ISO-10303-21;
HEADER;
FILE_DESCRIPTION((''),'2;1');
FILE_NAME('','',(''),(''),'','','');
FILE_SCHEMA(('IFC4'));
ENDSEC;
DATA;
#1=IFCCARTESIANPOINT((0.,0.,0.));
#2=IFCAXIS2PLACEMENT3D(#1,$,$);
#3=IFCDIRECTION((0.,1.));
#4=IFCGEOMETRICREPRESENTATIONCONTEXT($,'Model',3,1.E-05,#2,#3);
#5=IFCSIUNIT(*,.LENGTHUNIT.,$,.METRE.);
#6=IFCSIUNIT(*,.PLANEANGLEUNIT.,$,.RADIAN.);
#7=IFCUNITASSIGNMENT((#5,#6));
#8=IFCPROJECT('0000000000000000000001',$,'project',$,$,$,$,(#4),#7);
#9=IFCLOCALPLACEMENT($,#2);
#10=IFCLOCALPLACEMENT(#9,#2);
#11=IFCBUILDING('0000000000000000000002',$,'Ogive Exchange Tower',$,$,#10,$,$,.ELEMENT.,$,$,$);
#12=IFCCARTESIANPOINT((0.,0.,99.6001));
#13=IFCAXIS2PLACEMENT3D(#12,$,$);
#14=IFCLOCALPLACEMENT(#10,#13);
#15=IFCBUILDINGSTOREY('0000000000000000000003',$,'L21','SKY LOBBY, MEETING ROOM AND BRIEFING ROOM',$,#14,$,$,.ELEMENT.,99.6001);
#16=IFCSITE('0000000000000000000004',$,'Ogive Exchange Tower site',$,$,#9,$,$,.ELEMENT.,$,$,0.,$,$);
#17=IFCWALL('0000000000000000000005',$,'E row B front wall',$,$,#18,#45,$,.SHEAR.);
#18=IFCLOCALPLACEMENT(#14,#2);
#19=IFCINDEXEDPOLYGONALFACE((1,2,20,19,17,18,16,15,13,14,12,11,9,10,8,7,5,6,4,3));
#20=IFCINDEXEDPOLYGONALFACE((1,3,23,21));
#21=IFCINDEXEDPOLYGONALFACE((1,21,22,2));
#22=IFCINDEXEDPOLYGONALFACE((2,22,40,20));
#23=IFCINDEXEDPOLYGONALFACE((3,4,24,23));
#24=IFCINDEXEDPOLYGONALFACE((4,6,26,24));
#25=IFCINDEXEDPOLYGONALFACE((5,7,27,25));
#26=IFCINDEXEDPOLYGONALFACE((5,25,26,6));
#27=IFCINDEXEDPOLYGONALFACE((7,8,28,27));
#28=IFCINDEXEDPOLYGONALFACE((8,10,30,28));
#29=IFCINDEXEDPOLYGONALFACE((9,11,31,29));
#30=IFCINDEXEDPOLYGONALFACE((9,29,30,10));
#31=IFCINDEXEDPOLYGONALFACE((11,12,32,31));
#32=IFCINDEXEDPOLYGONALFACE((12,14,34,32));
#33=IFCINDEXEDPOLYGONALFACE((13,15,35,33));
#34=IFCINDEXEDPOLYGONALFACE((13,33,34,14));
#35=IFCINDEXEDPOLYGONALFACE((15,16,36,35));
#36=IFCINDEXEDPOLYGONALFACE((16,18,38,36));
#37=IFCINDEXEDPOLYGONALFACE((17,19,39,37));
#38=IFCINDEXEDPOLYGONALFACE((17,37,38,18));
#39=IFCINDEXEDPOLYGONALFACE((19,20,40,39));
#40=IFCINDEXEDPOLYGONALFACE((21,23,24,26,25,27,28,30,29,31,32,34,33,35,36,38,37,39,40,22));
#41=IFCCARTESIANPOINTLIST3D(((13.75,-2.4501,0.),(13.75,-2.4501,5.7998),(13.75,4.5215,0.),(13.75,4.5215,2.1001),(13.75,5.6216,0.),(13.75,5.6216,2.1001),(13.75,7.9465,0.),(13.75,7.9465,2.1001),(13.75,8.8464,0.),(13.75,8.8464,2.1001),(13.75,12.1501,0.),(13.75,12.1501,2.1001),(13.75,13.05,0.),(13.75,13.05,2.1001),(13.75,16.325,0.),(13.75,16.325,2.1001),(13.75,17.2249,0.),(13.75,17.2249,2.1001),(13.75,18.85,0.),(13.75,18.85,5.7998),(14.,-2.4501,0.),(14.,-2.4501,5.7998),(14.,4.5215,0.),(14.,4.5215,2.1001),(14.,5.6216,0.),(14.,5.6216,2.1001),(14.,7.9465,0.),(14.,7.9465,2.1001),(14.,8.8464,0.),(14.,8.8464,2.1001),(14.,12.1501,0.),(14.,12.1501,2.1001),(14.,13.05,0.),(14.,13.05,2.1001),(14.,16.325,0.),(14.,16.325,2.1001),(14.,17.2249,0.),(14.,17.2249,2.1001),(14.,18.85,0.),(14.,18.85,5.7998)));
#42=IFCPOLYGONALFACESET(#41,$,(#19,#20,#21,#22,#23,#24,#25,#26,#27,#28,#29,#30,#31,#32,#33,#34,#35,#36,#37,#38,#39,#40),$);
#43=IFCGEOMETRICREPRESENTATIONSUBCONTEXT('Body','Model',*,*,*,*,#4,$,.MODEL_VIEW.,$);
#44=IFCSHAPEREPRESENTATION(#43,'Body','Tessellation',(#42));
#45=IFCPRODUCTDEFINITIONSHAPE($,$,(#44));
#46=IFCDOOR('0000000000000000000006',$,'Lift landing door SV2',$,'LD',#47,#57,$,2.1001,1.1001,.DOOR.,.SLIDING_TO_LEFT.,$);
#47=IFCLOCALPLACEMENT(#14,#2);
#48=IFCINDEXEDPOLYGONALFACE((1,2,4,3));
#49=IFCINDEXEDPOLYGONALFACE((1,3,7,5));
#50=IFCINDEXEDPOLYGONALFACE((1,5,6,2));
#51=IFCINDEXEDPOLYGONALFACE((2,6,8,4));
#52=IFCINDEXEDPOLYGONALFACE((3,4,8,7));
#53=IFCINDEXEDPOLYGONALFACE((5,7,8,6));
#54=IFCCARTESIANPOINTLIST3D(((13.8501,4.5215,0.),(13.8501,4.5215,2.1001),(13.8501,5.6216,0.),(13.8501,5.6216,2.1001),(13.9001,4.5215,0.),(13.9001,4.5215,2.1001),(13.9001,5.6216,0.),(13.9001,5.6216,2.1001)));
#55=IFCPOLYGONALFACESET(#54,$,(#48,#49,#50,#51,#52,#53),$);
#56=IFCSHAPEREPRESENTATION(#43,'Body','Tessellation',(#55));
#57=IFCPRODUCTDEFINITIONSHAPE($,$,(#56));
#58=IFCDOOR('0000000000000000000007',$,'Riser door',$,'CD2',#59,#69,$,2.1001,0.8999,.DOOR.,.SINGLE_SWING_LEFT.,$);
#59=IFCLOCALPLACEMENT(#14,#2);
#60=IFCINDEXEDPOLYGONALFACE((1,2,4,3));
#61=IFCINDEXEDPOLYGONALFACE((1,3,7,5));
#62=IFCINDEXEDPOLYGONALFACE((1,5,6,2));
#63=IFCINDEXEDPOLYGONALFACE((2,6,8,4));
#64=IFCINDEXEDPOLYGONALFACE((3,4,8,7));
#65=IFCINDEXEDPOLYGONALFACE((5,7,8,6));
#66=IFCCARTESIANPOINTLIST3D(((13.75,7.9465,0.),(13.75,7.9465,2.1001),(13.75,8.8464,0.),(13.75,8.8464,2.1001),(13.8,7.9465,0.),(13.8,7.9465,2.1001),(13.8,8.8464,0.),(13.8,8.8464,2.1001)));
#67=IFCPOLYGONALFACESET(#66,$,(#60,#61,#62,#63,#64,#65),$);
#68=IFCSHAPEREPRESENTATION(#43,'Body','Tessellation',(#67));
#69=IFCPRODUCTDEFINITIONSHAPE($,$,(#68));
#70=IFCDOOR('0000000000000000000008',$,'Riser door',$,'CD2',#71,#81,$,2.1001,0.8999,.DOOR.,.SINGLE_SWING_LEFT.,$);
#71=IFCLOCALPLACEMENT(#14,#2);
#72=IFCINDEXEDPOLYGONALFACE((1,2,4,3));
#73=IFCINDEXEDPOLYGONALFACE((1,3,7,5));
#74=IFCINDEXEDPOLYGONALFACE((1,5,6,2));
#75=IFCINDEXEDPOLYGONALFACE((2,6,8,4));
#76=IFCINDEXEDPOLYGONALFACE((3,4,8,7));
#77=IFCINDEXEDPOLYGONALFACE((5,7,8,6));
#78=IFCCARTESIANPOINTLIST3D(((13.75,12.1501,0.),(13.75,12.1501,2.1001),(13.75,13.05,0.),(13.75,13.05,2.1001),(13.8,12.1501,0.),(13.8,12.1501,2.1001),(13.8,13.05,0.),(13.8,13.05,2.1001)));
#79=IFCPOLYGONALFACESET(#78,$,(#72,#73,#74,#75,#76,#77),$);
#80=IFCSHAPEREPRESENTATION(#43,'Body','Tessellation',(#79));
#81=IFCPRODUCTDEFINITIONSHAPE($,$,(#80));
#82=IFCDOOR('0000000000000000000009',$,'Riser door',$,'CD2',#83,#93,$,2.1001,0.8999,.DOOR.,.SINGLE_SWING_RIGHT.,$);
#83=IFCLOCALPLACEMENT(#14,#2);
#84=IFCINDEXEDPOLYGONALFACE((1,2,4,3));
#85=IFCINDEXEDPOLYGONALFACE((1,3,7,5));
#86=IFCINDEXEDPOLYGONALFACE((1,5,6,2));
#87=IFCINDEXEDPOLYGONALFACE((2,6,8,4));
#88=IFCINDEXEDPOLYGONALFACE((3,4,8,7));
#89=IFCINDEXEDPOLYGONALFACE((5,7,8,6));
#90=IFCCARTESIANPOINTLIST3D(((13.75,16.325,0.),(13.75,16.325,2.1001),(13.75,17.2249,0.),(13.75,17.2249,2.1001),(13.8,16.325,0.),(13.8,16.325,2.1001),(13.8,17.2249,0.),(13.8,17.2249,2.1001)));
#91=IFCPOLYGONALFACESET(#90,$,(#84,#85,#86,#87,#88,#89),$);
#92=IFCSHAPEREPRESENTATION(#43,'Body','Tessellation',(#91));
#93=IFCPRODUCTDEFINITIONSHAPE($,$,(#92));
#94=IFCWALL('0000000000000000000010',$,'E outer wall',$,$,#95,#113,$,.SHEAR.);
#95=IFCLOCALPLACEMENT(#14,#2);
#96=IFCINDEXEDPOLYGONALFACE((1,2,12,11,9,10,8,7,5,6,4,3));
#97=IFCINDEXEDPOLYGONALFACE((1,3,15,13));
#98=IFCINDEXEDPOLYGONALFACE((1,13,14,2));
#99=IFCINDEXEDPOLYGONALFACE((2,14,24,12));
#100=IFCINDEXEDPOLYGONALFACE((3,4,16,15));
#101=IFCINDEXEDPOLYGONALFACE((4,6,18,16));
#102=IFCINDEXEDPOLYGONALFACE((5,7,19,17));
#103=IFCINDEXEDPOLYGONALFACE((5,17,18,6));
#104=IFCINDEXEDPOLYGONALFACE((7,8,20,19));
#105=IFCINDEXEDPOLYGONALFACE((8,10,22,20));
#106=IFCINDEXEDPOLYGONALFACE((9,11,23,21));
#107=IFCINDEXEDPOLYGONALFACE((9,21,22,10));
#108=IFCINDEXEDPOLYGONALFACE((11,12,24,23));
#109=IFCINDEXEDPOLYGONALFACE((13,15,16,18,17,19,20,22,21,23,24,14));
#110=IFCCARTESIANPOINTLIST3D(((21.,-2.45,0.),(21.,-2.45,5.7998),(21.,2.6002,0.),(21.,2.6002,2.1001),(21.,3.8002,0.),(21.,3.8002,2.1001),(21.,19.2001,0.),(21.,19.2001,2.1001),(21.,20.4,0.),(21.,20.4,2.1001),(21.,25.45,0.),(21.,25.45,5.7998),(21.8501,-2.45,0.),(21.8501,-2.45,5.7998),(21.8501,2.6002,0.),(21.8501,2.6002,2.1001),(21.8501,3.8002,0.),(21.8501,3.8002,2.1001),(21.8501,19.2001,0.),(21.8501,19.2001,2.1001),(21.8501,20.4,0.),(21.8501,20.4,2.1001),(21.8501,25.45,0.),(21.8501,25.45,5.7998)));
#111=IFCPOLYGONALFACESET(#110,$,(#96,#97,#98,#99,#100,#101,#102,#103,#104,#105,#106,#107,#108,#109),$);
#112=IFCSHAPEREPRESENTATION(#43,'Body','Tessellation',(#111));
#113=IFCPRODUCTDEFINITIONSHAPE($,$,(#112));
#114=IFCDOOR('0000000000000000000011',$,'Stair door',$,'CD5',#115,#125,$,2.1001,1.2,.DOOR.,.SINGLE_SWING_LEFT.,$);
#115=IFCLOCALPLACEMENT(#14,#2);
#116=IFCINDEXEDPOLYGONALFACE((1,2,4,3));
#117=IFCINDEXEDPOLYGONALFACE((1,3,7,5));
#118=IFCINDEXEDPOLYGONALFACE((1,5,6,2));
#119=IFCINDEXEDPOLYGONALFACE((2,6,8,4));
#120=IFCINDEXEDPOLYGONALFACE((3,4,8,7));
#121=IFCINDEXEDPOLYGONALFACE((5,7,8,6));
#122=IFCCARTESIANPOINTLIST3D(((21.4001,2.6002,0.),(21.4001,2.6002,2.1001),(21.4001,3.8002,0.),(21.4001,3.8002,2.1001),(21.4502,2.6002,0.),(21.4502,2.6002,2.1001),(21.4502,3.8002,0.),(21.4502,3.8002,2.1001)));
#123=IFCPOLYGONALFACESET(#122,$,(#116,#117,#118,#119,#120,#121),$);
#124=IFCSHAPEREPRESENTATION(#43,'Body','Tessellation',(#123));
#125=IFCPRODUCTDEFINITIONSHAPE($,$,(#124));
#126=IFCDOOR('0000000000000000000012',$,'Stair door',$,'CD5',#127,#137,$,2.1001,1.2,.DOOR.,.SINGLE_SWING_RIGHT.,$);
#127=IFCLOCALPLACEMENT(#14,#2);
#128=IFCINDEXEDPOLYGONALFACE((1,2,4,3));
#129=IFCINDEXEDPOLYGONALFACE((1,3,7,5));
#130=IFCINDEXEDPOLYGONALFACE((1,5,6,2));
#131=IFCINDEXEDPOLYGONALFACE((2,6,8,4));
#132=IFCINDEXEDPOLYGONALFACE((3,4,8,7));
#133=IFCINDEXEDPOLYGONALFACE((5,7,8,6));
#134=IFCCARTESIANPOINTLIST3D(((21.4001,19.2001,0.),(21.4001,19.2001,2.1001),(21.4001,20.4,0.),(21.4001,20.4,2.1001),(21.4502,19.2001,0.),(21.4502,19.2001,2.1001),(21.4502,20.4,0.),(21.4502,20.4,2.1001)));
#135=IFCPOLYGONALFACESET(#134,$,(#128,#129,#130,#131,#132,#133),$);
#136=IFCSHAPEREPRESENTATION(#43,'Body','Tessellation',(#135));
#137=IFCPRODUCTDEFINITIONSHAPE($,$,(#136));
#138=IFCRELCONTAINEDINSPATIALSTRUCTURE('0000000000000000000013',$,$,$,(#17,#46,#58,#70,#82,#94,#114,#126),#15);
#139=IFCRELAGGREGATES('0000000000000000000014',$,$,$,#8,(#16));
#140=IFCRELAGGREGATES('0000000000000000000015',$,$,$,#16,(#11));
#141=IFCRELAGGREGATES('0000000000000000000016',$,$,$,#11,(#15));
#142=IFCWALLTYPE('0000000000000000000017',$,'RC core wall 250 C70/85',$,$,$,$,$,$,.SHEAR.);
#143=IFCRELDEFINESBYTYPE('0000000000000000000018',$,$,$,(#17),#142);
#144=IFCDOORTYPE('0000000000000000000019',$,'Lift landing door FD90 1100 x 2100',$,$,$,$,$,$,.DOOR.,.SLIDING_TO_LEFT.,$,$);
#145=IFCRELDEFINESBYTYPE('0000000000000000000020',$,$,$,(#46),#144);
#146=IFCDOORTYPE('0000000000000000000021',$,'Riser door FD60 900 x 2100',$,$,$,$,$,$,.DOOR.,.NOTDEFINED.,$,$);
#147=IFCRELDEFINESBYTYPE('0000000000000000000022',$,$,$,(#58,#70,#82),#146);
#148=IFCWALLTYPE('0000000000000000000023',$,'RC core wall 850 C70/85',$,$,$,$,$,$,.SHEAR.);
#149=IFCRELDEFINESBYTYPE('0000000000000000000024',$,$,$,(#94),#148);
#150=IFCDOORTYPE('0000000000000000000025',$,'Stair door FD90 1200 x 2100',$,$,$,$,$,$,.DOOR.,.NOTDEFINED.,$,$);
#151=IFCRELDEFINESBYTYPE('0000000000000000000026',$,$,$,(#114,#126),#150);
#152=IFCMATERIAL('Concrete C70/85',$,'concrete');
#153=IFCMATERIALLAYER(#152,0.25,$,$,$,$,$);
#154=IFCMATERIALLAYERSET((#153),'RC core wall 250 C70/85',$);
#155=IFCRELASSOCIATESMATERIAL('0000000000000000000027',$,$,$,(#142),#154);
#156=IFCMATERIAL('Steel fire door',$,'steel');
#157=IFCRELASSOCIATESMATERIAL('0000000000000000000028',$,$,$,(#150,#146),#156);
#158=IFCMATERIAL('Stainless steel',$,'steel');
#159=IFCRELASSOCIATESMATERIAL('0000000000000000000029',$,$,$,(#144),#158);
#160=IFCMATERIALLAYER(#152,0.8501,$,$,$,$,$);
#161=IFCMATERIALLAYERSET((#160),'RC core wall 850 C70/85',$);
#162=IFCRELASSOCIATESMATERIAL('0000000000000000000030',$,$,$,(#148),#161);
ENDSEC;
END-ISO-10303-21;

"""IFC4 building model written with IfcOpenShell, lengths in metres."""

from ifc_helpers import new_model, si_unit, direction, frame, frame_2d, origin, place, context, subcontext, project, spatial, rectangle, extrude, material, layer, layer_set, type_object, element, fill, save


model = new_model("IFC4")

# Units and contexts
model_context = context("Model", 3, precision=1e-05, world=origin(), true_north=direction((0.0, 1.0)))
body_context = subcontext(model_context, "Body", "Model", "MODEL_VIEW")
ifc_project = project(units=[si_unit("LENGTHUNIT", "METRE"), si_unit("PLANEANGLEUNIT", "RADIAN")], contexts=[model_context])

# Site, building, storey
site_placement = place(None, origin())
site = spatial("IfcSite", under=ifc_project, at=site_placement, Name="Ogive Exchange Tower site", CompositionType="ELEMENT", RefElevation=0.0)
building_placement = place(site_placement, origin())
building = spatial("IfcBuilding", under=site, at=building_placement, Name="Ogive Exchange Tower", CompositionType="ELEMENT")
storey_placement = place(building_placement, frame((0.0, 0.0, 99.6001)))
storey = spatial("IfcBuildingStorey", under=building, at=storey_placement, Name="L21", Description="SKY LOBBY, MEETING ROOM AND BRIEFING ROOM", CompositionType="ELEMENT", Elevation=99.6001)

# Shared definitions
ifc_material_1 = material(Name="Concrete C70/85", Category="concrete")
ifc_layer_1 = layer(ifc_material_1, 0.25)
ifc_layer_set_1 = layer_set([ifc_layer_1], Name="RC core wall 250 C70/85")
wall_type_1 = type_object("IfcWallType", Name="RC core wall 250 C70/85", PredefinedType="SHEAR", material=ifc_layer_set_1)
ifc_material_2 = material(Name="Steel fire door", Category="steel")
door_type_1 = type_object("IfcDoorType", Name="Stair door FD90 1200 x 2100", OperationType="NOTDEFINED", PredefinedType="DOOR", material=ifc_material_2)

# Walls, openings, doors
wall_1_placement = place(storey_placement, frame((13.875, -2.45, 0.0), z_axis=(0.0, 0.0, 1.0), x_axis=(0.0, 1.0, 0.0)))
wall_1 = element("IfcWall", 1, at=wall_1_placement, inside=storey, type_object=wall_type_1, Name="E row B front wall", PredefinedType="SHEAR", context=body_context, shape_type="SweptSolid", body=[
    extrude(rectangle(XDim=21.3, YDim=0.25, at=frame_2d((10.6499, 0.0))), origin(), (0.0, 0.0, 1.0), 5.7998),
])
opening_1_placement = place(wall_1_placement, frame((10.3965, 0.0, 0.0)))
opening_1 = element("IfcOpeningElement", 2, at=opening_1_placement, cuts=wall_1, PredefinedType="OPENING", context=body_context, shape_type="SweptSolid", body=[
    extrude(rectangle(XDim=0.8999, YDim=2.1001, at=frame_2d((0.45, 1.05))), frame((0.0, 0.135, 0.0), z_axis=(0.0, -1.0, 0.0), x_axis=(1.0, 0.0, 0.0)), (0.0, 0.0, 1.0), 0.27),
])
opening_2_placement = place(wall_1_placement, frame((14.6001, 0.0, 0.0)))
opening_2 = element("IfcOpeningElement", 3, at=opening_2_placement, cuts=wall_1, PredefinedType="OPENING", context=body_context, shape_type="SweptSolid", body=[
    extrude(rectangle(XDim=0.8999, YDim=2.1001, at=frame_2d((0.45, 1.05))), frame((0.0, 0.135, 0.0), z_axis=(0.0, -1.0, 0.0), x_axis=(1.0, 0.0, 0.0)), (0.0, 0.0, 1.0), 0.27),
])
opening_3_placement = place(wall_1_placement, frame((18.7749, 0.0, 0.0)))
opening_3 = element("IfcOpeningElement", 4, at=opening_3_placement, cuts=wall_1, PredefinedType="OPENING", context=body_context, shape_type="SweptSolid", body=[
    extrude(rectangle(XDim=0.8999, YDim=2.1001, at=frame_2d((0.45, 1.05))), frame((0.0, 0.135, 0.0), z_axis=(0.0, -1.0, 0.0), x_axis=(1.0, 0.0, 0.0)), (0.0, 0.0, 1.0), 0.27),
])
opening_4_placement = place(wall_1_placement, frame((6.9714, 0.0, 0.0)))
opening_4 = element("IfcOpeningElement", 5, at=opening_4_placement, cuts=wall_1, PredefinedType="OPENING", context=body_context, shape_type="SweptSolid", body=[
    extrude(rectangle(XDim=1.1001, YDim=2.1001, at=frame_2d((0.55, 1.05))), frame((0.0, 0.135, 0.0), z_axis=(0.0, -1.0, 0.0), x_axis=(1.0, 0.0, 0.0)), (0.0, 0.0, 1.0), 0.27),
])
ifc_material_3 = material(Name="Stainless steel", Category="steel")
door_type_2 = type_object("IfcDoorType", Name="Lift landing door FD90 1100 x 2100", OperationType="SLIDING_TO_LEFT", PredefinedType="DOOR", material=ifc_material_3)
door_1_placement = place(opening_4_placement, origin())
door_1 = element("IfcDoor", 6, at=door_1_placement, inside=storey, type_object=door_type_2, Name="Lift landing door SV2", ObjectType="LD", OperationType="SLIDING_TO_LEFT", OverallHeight=2.1001, OverallWidth=1.1001, PredefinedType="DOOR", context=body_context, shape_type="SweptSolid", body=[
    extrude(rectangle(XDim=1.1001, YDim=2.1001, at=frame_2d((0.55, 1.05))), frame((0.0, 0.0249, 0.0), z_axis=(0.0, -1.0, 0.0), x_axis=(1.0, 0.0, 0.0)), (0.0, 0.0, 1.0), 0.05),
])
fill(opening_4, door_1)
door_type_3 = type_object("IfcDoorType", Name="Riser door FD60 900 x 2100", OperationType="NOTDEFINED", PredefinedType="DOOR", material=ifc_material_2)
door_2_placement = place(opening_1_placement, origin())
door_2 = element("IfcDoor", 7, at=door_2_placement, inside=storey, type_object=door_type_3, Name="Riser door", ObjectType="CD2", OperationType="SINGLE_SWING_LEFT", OverallHeight=2.1001, OverallWidth=0.8999, PredefinedType="DOOR", context=body_context, shape_type="SweptSolid", body=[
    extrude(rectangle(XDim=0.8999, YDim=2.1001, at=frame_2d((0.45, 1.05))), frame((0.0, 0.125, 0.0), z_axis=(0.0, -1.0, 0.0), x_axis=(1.0, 0.0, 0.0)), (0.0, 0.0, 1.0), 0.05),
])
fill(opening_1, door_2)
door_3_placement = place(opening_2_placement, origin())
door_3 = element("IfcDoor", 8, at=door_3_placement, inside=storey, type_object=door_type_3, Name="Riser door", ObjectType="CD2", OperationType="SINGLE_SWING_LEFT", OverallHeight=2.1001, OverallWidth=0.8999, PredefinedType="DOOR", context=body_context, shape_type="SweptSolid", body=[
    extrude(rectangle(XDim=0.8999, YDim=2.1001, at=frame_2d((0.45, 1.05))), frame((0.0, 0.125, 0.0), z_axis=(0.0, -1.0, 0.0), x_axis=(1.0, 0.0, 0.0)), (0.0, 0.0, 1.0), 0.05),
])
fill(opening_2, door_3)
door_4_placement = place(opening_3_placement, origin())
door_4 = element("IfcDoor", 9, at=door_4_placement, inside=storey, type_object=door_type_3, Name="Riser door", ObjectType="CD2", OperationType="SINGLE_SWING_RIGHT", OverallHeight=2.1001, OverallWidth=0.8999, PredefinedType="DOOR", context=body_context, shape_type="SweptSolid", body=[
    extrude(rectangle(XDim=0.8999, YDim=2.1001, at=frame_2d((0.45, 1.05))), frame((0.0, 0.125, 0.0), z_axis=(0.0, -1.0, 0.0), x_axis=(1.0, 0.0, 0.0)), (0.0, 0.0, 1.0), 0.05),
])
fill(opening_3, door_4)
ifc_layer_2 = layer(ifc_material_1, 0.8501)
ifc_layer_set_2 = layer_set([ifc_layer_2], Name="RC core wall 850 C70/85")
wall_type_2 = type_object("IfcWallType", Name="RC core wall 850 C70/85", PredefinedType="SHEAR", material=ifc_layer_set_2)
wall_2_placement = place(storey_placement, frame((21.425, -2.45, 0.0), z_axis=(0.0, 0.0, 1.0), x_axis=(0.0, 1.0, 0.0)))
wall_2 = element("IfcWall", 10, at=wall_2_placement, inside=storey, type_object=wall_type_2, Name="E outer wall", PredefinedType="SHEAR", context=body_context, shape_type="SweptSolid", body=[
    extrude(rectangle(XDim=27.8999, YDim=0.8501, at=frame_2d((13.95, 0.0))), origin(), (0.0, 0.0, 1.0), 5.7998),
])
opening_5_placement = place(wall_2_placement, frame((5.05, 0.0, 0.0)))
opening_5 = element("IfcOpeningElement", 11, at=opening_5_placement, cuts=wall_2, PredefinedType="OPENING", context=body_context, shape_type="SweptSolid", body=[
    extrude(rectangle(XDim=1.2, YDim=2.1001, at=frame_2d((0.6001, 1.05))), frame((0.0, 0.4351, 0.0), z_axis=(0.0, -1.0, 0.0), x_axis=(1.0, 0.0, 0.0)), (0.0, 0.0, 1.0), 0.8701),
])
opening_6_placement = place(wall_2_placement, frame((21.6499, 0.0, 0.0)))
opening_6 = element("IfcOpeningElement", 12, at=opening_6_placement, cuts=wall_2, PredefinedType="OPENING", context=body_context, shape_type="SweptSolid", body=[
    extrude(rectangle(XDim=1.2, YDim=2.1001, at=frame_2d((0.6001, 1.05))), frame((0.0, 0.4351, 0.0), z_axis=(0.0, -1.0, 0.0), x_axis=(1.0, 0.0, 0.0)), (0.0, 0.0, 1.0), 0.8701),
])
door_5_placement = place(opening_5_placement, origin())
door_5 = element("IfcDoor", 13, at=door_5_placement, inside=storey, type_object=door_type_1, Name="Stair door", ObjectType="CD5", OperationType="SINGLE_SWING_LEFT", OverallHeight=2.1001, OverallWidth=1.2, PredefinedType="DOOR", context=body_context, shape_type="SweptSolid", body=[
    extrude(rectangle(XDim=1.2, YDim=2.1001, at=frame_2d((0.6001, 1.05))), frame((0.0, 0.0249, 0.0), z_axis=(0.0, -1.0, 0.0), x_axis=(1.0, 0.0, 0.0)), (0.0, 0.0, 1.0), 0.05),
])
fill(opening_5, door_5)
door_6_placement = place(opening_6_placement, origin())
door_6 = element("IfcDoor", 14, at=door_6_placement, inside=storey, type_object=door_type_1, Name="Stair door", ObjectType="CD5", OperationType="SINGLE_SWING_RIGHT", OverallHeight=2.1001, OverallWidth=1.2, PredefinedType="DOOR", context=body_context, shape_type="SweptSolid", body=[
    extrude(rectangle(XDim=1.2, YDim=2.1001, at=frame_2d((0.6001, 1.05))), frame((0.0, 0.0249, 0.0), z_axis=(0.0, -1.0, 0.0), x_axis=(1.0, 0.0, 0.0)), (0.0, 0.0, 1.0), 0.05),
])
fill(opening_6, door_6)

save(model, "model.ifc")
